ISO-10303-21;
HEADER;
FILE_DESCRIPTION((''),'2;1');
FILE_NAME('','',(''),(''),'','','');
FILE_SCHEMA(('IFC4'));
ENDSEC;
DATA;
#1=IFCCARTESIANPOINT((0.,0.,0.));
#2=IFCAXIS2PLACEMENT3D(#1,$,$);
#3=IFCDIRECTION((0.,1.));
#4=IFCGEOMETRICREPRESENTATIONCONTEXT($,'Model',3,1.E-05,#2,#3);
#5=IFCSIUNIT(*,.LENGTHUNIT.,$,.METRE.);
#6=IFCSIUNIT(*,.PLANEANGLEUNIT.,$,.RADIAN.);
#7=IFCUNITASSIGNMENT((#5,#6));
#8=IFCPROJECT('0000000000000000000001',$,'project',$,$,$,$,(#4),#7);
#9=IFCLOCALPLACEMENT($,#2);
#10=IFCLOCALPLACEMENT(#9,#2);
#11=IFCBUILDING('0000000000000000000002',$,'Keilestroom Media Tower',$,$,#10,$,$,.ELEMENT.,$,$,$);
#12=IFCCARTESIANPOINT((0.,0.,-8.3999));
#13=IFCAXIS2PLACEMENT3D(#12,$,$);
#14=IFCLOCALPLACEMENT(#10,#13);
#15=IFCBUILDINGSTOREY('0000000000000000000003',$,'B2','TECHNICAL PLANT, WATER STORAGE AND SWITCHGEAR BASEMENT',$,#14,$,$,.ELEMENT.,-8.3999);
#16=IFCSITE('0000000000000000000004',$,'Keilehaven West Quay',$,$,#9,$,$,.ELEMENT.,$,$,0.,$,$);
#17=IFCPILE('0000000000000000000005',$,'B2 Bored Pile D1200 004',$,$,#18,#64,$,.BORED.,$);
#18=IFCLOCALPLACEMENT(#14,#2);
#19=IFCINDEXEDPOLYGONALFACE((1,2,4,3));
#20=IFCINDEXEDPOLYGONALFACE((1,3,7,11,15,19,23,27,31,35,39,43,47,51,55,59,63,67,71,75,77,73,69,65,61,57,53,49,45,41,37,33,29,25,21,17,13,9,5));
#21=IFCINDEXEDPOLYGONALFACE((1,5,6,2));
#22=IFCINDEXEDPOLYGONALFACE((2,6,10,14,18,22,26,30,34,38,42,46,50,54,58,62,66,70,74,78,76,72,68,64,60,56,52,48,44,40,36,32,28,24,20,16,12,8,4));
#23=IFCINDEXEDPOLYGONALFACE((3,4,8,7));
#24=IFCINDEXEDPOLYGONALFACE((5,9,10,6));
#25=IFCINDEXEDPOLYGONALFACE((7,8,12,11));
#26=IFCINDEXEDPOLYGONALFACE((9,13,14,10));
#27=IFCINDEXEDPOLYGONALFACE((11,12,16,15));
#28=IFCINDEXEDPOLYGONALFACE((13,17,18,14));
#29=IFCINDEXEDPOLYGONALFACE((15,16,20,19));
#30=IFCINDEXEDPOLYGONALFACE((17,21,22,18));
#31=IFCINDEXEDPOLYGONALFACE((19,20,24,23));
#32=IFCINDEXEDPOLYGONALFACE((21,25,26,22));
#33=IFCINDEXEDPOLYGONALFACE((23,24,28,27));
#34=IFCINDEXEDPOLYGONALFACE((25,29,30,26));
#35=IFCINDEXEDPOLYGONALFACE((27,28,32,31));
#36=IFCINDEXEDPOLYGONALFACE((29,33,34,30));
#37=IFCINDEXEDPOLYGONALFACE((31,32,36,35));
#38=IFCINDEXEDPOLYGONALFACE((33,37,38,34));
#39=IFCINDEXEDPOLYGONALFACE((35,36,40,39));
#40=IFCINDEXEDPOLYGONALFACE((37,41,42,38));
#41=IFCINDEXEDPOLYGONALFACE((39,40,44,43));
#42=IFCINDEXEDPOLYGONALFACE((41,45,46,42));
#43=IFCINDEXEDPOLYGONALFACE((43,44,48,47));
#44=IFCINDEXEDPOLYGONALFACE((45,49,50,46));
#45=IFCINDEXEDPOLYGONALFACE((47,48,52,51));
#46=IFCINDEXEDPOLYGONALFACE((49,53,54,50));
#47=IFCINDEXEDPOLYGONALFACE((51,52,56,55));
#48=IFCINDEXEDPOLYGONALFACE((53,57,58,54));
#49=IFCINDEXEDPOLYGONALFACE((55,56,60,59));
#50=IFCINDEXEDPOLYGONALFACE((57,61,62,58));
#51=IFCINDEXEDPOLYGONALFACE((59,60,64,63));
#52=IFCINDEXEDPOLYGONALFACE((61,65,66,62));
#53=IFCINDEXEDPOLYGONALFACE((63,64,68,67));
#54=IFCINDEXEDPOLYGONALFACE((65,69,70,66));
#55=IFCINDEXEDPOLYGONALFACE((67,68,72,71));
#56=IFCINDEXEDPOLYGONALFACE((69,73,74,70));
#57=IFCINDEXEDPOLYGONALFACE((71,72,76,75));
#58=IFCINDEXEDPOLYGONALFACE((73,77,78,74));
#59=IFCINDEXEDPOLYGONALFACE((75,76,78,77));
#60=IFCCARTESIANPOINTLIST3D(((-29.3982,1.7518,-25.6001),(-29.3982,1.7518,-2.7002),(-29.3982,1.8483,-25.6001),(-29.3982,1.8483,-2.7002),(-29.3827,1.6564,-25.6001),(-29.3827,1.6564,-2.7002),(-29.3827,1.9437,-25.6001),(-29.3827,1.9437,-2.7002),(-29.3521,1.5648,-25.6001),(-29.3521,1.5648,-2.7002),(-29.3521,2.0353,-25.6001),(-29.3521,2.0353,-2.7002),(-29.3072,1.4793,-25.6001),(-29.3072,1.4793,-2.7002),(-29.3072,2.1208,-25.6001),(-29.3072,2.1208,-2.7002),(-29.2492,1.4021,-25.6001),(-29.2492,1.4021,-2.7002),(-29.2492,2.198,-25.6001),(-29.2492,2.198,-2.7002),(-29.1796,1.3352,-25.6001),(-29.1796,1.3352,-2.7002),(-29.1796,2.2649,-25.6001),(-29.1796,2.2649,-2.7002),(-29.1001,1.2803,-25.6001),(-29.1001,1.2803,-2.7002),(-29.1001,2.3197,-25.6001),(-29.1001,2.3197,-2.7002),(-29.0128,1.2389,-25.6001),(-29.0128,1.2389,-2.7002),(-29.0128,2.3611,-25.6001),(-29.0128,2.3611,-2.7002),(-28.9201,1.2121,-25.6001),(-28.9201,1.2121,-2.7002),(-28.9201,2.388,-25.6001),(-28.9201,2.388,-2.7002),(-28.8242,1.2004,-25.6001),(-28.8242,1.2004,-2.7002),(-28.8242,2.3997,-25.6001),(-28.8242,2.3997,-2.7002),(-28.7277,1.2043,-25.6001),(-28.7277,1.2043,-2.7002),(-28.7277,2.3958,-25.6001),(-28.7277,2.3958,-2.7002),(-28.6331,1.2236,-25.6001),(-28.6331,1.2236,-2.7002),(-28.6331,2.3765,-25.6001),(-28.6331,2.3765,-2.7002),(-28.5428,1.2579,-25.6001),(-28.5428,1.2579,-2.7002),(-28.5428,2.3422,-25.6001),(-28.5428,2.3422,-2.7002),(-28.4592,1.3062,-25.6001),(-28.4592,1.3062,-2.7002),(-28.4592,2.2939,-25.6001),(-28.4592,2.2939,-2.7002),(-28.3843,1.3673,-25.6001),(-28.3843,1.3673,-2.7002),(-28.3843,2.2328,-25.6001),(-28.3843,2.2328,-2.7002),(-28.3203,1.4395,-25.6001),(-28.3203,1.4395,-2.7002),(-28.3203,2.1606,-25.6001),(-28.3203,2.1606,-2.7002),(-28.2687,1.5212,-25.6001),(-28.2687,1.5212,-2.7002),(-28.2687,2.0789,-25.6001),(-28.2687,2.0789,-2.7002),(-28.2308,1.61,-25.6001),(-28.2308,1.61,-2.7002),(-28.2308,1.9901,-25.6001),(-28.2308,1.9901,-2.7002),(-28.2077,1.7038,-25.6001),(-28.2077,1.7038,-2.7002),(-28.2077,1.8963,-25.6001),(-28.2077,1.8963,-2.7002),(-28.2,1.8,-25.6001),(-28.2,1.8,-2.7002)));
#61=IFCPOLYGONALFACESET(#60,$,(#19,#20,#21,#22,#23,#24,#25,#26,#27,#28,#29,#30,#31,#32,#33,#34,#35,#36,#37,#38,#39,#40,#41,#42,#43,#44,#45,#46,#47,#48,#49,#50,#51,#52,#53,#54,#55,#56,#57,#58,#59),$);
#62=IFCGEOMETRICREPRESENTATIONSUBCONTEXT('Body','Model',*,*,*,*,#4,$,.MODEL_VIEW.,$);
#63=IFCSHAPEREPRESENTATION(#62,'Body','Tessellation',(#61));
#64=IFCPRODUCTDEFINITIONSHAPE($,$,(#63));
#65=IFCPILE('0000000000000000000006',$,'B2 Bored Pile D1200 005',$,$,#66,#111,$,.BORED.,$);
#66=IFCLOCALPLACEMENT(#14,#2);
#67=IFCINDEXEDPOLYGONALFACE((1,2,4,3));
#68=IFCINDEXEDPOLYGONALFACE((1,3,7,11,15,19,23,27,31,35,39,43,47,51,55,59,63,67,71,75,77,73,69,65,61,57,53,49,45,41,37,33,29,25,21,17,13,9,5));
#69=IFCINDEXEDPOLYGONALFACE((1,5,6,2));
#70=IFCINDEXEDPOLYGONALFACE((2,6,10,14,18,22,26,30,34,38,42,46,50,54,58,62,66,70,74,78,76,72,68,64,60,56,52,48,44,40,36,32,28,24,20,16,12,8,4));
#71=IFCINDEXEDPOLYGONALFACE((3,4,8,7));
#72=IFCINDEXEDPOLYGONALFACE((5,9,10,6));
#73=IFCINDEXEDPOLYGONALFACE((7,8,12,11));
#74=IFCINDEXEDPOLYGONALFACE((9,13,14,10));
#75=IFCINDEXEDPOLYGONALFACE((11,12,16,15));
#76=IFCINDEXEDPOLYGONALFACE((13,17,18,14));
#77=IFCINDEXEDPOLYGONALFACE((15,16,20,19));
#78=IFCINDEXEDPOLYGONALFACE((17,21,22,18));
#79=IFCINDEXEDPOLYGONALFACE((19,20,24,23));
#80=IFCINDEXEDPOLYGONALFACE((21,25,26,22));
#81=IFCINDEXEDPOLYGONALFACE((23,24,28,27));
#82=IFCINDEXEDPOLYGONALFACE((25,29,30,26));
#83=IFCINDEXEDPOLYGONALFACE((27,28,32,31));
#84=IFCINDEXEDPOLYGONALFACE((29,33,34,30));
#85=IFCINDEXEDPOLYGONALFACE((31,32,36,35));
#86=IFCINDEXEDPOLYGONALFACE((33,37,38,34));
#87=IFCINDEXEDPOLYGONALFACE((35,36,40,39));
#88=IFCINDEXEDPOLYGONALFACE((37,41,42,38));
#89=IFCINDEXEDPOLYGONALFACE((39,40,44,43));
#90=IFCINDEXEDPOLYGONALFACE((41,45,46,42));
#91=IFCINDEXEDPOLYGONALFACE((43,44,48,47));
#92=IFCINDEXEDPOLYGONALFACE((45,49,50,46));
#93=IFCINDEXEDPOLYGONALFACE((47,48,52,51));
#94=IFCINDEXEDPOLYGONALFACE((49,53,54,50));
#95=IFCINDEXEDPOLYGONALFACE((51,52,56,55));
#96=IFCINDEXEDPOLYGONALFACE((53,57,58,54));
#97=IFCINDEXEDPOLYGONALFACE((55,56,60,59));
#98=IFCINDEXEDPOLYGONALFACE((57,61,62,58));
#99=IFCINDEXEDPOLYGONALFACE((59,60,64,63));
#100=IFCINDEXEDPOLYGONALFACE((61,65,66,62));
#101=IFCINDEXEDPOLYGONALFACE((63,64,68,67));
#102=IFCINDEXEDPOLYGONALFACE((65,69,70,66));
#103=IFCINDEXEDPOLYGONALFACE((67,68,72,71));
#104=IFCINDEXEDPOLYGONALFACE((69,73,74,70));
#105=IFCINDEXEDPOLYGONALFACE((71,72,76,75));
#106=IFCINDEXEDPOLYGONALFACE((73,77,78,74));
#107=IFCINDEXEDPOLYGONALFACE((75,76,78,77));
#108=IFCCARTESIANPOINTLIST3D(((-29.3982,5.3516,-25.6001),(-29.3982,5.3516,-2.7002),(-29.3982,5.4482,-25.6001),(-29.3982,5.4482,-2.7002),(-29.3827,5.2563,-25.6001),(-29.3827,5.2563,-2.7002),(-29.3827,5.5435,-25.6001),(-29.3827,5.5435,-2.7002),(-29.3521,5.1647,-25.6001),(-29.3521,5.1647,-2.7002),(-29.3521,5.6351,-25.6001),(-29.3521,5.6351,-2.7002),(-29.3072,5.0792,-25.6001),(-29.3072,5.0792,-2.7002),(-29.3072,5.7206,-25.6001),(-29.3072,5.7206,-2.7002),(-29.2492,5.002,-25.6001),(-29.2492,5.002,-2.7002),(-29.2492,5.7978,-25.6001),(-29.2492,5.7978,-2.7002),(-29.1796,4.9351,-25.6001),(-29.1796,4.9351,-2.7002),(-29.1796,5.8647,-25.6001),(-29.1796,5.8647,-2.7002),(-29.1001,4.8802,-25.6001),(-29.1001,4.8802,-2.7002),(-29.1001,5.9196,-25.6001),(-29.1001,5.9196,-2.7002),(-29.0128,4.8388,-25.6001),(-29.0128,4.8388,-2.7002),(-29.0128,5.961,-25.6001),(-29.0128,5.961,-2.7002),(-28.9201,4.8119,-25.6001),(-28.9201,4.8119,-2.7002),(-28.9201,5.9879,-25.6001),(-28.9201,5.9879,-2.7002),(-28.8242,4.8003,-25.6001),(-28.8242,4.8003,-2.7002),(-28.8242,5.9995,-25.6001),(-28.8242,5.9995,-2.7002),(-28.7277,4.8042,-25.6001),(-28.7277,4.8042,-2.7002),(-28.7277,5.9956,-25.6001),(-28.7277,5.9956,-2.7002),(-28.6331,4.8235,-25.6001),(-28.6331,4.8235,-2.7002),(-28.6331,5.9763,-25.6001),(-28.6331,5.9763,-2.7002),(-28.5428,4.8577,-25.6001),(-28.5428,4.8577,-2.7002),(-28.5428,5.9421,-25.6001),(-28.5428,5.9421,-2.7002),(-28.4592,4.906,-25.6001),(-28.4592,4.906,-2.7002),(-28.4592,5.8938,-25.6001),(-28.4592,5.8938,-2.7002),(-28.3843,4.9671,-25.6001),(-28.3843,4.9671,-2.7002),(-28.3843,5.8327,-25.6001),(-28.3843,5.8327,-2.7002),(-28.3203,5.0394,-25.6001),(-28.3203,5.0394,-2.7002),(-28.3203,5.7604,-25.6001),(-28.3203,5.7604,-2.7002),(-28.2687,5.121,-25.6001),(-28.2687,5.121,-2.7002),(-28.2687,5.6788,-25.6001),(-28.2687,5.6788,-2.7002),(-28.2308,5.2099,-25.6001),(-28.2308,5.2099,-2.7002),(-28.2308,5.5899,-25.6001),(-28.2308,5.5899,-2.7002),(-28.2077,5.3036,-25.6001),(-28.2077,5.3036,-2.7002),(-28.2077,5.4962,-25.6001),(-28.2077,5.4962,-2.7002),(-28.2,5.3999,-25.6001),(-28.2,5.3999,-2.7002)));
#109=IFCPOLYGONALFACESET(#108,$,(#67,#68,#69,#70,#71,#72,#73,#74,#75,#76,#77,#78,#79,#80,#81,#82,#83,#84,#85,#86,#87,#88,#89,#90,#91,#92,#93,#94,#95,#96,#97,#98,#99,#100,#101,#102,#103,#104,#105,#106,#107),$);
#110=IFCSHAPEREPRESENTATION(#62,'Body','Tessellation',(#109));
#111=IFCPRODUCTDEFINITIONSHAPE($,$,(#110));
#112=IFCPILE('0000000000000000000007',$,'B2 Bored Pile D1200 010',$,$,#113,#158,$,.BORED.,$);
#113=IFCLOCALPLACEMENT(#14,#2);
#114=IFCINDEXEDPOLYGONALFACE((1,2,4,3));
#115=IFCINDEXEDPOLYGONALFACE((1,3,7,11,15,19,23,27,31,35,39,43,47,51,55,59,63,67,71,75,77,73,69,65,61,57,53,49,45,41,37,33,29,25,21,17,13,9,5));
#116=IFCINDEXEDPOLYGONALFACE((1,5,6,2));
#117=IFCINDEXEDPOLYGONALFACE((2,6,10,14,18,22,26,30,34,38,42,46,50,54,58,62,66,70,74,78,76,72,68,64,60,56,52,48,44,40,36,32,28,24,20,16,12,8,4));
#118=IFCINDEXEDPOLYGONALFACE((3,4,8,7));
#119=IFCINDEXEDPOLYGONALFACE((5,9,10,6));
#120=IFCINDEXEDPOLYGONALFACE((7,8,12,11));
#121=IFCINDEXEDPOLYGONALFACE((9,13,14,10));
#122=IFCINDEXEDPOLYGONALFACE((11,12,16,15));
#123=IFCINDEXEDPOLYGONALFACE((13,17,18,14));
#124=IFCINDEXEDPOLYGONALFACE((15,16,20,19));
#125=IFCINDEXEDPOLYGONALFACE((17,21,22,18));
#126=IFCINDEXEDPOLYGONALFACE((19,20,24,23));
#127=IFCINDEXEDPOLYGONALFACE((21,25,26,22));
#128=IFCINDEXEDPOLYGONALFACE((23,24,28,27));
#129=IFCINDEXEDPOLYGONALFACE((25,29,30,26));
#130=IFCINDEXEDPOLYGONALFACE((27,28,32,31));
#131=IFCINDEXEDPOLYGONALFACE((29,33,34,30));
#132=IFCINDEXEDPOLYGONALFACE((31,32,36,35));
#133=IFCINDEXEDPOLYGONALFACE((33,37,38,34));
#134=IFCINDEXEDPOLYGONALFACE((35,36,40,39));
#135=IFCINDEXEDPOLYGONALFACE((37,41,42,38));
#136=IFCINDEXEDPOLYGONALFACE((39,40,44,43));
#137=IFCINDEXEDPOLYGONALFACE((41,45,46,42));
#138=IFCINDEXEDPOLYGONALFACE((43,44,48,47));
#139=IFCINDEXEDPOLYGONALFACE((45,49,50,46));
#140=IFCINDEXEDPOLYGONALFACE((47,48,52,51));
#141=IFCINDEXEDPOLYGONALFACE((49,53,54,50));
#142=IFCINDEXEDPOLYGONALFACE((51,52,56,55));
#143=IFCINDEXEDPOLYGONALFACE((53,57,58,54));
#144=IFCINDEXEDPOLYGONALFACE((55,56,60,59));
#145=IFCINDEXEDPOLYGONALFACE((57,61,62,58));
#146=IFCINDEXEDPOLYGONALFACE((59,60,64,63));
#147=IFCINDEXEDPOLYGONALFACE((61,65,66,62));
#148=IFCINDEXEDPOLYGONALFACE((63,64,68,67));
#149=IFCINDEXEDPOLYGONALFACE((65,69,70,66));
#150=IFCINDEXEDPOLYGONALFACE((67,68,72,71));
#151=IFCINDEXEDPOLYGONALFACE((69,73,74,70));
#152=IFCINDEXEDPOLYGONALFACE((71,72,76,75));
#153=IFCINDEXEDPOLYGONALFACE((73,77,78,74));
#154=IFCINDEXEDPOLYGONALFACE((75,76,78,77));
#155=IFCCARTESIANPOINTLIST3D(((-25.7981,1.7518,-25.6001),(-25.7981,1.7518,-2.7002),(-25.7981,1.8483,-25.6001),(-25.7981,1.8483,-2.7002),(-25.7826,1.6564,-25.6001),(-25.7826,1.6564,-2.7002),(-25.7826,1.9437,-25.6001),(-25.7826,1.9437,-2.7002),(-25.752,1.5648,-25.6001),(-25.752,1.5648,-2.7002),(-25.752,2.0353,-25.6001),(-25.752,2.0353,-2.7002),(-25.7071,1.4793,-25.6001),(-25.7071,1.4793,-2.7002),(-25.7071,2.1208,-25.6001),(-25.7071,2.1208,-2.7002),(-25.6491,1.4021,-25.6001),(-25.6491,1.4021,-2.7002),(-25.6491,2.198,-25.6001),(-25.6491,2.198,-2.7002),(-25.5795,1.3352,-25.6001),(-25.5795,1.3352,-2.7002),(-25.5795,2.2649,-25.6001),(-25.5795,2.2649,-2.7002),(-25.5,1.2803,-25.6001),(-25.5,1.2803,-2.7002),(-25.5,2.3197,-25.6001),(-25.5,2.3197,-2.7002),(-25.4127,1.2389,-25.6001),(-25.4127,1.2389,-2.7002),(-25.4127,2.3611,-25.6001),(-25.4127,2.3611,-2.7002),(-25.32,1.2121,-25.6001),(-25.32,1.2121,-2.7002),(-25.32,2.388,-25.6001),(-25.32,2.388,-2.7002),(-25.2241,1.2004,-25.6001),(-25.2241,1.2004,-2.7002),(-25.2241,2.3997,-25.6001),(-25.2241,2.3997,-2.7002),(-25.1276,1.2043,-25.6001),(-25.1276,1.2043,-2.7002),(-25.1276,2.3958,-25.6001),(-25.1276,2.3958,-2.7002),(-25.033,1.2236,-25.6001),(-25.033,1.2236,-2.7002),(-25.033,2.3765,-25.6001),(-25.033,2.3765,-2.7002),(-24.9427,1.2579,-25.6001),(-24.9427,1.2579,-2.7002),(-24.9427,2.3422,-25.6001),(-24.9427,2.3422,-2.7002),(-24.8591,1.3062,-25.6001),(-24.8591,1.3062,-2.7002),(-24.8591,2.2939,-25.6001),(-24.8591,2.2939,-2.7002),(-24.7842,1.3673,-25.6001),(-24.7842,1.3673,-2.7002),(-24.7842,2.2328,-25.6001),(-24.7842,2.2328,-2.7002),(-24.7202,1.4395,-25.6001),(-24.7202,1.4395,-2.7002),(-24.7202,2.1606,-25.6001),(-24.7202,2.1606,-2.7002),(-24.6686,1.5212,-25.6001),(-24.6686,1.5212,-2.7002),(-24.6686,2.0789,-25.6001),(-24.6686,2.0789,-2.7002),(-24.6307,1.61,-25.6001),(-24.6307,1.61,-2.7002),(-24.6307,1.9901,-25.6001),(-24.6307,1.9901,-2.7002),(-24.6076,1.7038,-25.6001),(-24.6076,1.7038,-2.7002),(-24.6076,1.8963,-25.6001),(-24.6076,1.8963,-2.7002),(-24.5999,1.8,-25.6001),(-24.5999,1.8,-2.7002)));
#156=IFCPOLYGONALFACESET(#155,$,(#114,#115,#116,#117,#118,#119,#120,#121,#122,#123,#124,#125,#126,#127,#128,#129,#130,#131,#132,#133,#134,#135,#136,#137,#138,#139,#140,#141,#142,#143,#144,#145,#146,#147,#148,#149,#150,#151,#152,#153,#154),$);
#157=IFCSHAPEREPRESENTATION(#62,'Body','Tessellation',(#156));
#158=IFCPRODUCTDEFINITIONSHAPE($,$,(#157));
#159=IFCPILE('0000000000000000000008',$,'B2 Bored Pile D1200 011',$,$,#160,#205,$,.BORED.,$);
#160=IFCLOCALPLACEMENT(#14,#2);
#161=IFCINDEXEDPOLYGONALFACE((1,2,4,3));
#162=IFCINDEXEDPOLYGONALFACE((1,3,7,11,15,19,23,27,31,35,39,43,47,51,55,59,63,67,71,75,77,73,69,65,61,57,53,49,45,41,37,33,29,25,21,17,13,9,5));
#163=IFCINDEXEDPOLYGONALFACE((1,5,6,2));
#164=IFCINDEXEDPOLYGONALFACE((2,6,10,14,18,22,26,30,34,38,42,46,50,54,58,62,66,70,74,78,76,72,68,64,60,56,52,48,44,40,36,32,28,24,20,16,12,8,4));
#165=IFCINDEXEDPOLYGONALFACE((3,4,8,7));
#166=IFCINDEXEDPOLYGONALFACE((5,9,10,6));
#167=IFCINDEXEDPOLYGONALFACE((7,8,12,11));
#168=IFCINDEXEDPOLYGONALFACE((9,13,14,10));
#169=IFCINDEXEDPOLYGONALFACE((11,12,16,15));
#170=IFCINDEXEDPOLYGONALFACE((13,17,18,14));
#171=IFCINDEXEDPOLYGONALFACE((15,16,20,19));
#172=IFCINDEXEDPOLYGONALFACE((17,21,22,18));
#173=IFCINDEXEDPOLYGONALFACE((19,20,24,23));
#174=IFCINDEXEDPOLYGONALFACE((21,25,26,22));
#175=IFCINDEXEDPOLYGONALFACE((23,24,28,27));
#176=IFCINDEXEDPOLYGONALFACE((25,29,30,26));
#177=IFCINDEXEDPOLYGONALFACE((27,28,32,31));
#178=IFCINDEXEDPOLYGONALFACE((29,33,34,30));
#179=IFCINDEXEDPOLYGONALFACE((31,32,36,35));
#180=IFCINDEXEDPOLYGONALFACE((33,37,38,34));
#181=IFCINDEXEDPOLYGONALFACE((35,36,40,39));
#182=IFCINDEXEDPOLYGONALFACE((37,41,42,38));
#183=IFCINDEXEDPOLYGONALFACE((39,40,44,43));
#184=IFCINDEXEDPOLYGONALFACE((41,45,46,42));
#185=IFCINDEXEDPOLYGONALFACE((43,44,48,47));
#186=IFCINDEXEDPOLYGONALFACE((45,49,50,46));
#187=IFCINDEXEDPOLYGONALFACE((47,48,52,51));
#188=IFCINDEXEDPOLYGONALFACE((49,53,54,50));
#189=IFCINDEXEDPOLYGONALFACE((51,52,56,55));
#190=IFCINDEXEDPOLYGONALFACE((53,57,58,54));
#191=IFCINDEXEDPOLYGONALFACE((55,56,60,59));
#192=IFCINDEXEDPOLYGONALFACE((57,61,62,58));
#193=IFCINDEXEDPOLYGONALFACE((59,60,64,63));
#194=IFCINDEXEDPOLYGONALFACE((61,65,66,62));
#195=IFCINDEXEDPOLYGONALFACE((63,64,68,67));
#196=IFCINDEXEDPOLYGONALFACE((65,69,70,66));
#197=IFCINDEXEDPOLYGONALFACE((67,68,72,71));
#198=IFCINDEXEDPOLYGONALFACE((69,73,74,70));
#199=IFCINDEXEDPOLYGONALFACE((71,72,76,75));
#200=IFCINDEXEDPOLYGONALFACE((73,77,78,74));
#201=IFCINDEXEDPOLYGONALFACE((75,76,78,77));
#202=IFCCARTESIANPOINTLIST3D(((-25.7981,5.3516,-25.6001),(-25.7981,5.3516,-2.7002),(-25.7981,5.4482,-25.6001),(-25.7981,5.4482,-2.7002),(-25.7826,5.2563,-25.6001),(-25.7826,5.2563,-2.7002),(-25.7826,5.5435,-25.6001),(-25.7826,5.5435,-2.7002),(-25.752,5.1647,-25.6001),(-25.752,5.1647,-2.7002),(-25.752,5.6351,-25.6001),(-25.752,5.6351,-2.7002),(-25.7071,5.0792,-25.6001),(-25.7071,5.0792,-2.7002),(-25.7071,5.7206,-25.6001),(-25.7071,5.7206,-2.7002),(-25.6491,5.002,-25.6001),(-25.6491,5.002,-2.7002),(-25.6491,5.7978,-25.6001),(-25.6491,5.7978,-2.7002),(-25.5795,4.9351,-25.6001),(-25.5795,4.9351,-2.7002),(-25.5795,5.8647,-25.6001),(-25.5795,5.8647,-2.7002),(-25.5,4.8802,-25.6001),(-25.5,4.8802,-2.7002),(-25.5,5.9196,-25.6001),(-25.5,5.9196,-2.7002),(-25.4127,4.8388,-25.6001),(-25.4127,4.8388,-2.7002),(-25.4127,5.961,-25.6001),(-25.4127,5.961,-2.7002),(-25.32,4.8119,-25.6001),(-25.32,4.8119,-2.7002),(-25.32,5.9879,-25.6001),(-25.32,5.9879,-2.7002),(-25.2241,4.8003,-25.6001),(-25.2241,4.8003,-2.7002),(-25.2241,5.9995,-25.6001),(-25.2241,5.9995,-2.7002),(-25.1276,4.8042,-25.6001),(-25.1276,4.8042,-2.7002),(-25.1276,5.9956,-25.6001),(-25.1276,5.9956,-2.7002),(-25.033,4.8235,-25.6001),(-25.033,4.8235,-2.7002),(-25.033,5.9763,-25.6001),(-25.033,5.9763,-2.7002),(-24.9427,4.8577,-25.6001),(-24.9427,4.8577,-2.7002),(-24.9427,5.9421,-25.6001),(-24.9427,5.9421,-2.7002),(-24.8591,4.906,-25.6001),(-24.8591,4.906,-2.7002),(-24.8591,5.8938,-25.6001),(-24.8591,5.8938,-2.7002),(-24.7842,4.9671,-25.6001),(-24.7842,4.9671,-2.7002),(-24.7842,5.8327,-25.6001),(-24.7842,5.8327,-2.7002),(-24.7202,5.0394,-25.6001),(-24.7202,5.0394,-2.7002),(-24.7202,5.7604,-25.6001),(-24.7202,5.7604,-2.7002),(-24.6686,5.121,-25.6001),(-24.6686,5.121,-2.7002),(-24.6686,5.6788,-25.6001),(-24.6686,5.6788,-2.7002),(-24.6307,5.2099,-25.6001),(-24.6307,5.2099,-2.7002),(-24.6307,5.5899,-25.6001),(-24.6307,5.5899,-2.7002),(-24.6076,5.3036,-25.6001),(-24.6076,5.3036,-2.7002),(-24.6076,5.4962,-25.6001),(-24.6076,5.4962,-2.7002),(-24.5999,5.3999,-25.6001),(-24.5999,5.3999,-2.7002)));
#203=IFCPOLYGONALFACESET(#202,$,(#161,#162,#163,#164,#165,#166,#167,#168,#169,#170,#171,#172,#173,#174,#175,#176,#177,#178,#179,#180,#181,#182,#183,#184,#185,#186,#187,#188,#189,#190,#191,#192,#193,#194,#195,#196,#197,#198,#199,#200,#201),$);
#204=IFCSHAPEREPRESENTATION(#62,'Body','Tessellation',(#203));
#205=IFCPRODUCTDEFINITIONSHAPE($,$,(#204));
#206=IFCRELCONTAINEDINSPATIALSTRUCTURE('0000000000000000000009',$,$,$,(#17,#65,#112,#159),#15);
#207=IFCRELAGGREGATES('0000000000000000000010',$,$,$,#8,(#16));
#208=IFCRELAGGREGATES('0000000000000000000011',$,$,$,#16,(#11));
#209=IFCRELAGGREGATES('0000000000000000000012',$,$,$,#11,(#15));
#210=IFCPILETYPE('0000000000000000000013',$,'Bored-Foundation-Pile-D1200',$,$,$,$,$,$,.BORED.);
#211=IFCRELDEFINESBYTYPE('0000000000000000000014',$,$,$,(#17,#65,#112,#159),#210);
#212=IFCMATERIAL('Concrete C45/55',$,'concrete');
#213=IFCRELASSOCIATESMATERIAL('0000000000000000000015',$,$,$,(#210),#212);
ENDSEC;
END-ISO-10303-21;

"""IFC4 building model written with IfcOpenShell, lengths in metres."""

from ifc_helpers import new_model, si_unit, direction, frame, origin, origin_2d, place, context, subcontext, project, spatial, circle, extrude, source, transform, mapped, material, material_profile, profile_set, type_object, element, save


model = new_model("IFC4")

# Units and contexts
model_context = context("Model", 3, precision=1e-05, world=origin(), true_north=direction((0.0, 1.0)))
body_context = subcontext(model_context, "Body", "Model", "MODEL_VIEW")
ifc_project = project(units=[si_unit("LENGTHUNIT", "METRE"), si_unit("PLANEANGLEUNIT", "RADIAN")], contexts=[model_context])

# Site, building, storey
site_placement = place(None, origin())
site = spatial("IfcSite", under=ifc_project, at=site_placement, Name="Keilehaven West Quay", CompositionType="ELEMENT", RefElevation=0.0)
building_placement = place(site_placement, origin())
building = spatial("IfcBuilding", under=site, at=building_placement, Name="Keilestroom Media Tower", CompositionType="ELEMENT")
storey_placement = place(building_placement, frame((0.0, 0.0, -8.3999)))
storey = spatial("IfcBuildingStorey", under=building, at=storey_placement, Name="B2", Description="TECHNICAL PLANT, WATER STORAGE AND SWITCHGEAR BASEMENT", CompositionType="ELEMENT", Elevation=-8.3999)

# Piles
ifc_material_1 = material(Name="Concrete C45/55", Category="concrete")
ifc_material_profile_1 = material_profile(ifc_material_1, circle(Radius=0.6001, at=origin_2d()), Name="BORED PILE D1200")
ifc_profile_set_1 = profile_set([ifc_material_profile_1], Name="Concrete C45/55")
pile_type = type_object("IfcPileType", Name="Bored-Foundation-Pile-D1200", PredefinedType="BORED", material=ifc_profile_set_1)
shared_shape_1 = source(origin(), body_context, "Body", "SweptSolid", [
    extrude(circle(Radius=0.6001, at=origin_2d()), origin(), (0.0, 0.0, 1.0), 22.8999),
])
for number, where, z_axis, x_axis, name in (
    (1, (-28.8, 1.8, -2.7002), (0.0, 0.0, -1.0), (1.0, 0.0, 0.0), "B2 Bored Pile D1200 004"),
    (2, (-28.8, 5.3999, -2.7002), (0.0, 0.0, -1.0), (1.0, 0.0, 0.0), "B2 Bored Pile D1200 005"),
    (3, (-25.2, 1.8, -2.7002), (0.0, 0.0, -1.0), (1.0, 0.0, 0.0), "B2 Bored Pile D1200 010"),
    (4, (-25.2, 5.3999, -2.7002), (0.0, 0.0, -1.0), (1.0, 0.0, 0.0), "B2 Bored Pile D1200 011"),
):
    element("IfcPile", number, at=place(storey_placement, frame(where, z_axis=z_axis, x_axis=x_axis)), inside=storey, type_object=pile_type, Name=name, PredefinedType="BORED", context=body_context, shape_type="MappedRepresentation", body=[
        mapped(shared_shape_1, transform((0.0, 0.0, 0.0), x_axis=(1.0, 0.0, 0.0), y_axis=(0.0, 1.0, 0.0), z_axis=(0.0, 0.0, 1.0), scale=1.0)),
    ])

save(model, "model.ifc")
